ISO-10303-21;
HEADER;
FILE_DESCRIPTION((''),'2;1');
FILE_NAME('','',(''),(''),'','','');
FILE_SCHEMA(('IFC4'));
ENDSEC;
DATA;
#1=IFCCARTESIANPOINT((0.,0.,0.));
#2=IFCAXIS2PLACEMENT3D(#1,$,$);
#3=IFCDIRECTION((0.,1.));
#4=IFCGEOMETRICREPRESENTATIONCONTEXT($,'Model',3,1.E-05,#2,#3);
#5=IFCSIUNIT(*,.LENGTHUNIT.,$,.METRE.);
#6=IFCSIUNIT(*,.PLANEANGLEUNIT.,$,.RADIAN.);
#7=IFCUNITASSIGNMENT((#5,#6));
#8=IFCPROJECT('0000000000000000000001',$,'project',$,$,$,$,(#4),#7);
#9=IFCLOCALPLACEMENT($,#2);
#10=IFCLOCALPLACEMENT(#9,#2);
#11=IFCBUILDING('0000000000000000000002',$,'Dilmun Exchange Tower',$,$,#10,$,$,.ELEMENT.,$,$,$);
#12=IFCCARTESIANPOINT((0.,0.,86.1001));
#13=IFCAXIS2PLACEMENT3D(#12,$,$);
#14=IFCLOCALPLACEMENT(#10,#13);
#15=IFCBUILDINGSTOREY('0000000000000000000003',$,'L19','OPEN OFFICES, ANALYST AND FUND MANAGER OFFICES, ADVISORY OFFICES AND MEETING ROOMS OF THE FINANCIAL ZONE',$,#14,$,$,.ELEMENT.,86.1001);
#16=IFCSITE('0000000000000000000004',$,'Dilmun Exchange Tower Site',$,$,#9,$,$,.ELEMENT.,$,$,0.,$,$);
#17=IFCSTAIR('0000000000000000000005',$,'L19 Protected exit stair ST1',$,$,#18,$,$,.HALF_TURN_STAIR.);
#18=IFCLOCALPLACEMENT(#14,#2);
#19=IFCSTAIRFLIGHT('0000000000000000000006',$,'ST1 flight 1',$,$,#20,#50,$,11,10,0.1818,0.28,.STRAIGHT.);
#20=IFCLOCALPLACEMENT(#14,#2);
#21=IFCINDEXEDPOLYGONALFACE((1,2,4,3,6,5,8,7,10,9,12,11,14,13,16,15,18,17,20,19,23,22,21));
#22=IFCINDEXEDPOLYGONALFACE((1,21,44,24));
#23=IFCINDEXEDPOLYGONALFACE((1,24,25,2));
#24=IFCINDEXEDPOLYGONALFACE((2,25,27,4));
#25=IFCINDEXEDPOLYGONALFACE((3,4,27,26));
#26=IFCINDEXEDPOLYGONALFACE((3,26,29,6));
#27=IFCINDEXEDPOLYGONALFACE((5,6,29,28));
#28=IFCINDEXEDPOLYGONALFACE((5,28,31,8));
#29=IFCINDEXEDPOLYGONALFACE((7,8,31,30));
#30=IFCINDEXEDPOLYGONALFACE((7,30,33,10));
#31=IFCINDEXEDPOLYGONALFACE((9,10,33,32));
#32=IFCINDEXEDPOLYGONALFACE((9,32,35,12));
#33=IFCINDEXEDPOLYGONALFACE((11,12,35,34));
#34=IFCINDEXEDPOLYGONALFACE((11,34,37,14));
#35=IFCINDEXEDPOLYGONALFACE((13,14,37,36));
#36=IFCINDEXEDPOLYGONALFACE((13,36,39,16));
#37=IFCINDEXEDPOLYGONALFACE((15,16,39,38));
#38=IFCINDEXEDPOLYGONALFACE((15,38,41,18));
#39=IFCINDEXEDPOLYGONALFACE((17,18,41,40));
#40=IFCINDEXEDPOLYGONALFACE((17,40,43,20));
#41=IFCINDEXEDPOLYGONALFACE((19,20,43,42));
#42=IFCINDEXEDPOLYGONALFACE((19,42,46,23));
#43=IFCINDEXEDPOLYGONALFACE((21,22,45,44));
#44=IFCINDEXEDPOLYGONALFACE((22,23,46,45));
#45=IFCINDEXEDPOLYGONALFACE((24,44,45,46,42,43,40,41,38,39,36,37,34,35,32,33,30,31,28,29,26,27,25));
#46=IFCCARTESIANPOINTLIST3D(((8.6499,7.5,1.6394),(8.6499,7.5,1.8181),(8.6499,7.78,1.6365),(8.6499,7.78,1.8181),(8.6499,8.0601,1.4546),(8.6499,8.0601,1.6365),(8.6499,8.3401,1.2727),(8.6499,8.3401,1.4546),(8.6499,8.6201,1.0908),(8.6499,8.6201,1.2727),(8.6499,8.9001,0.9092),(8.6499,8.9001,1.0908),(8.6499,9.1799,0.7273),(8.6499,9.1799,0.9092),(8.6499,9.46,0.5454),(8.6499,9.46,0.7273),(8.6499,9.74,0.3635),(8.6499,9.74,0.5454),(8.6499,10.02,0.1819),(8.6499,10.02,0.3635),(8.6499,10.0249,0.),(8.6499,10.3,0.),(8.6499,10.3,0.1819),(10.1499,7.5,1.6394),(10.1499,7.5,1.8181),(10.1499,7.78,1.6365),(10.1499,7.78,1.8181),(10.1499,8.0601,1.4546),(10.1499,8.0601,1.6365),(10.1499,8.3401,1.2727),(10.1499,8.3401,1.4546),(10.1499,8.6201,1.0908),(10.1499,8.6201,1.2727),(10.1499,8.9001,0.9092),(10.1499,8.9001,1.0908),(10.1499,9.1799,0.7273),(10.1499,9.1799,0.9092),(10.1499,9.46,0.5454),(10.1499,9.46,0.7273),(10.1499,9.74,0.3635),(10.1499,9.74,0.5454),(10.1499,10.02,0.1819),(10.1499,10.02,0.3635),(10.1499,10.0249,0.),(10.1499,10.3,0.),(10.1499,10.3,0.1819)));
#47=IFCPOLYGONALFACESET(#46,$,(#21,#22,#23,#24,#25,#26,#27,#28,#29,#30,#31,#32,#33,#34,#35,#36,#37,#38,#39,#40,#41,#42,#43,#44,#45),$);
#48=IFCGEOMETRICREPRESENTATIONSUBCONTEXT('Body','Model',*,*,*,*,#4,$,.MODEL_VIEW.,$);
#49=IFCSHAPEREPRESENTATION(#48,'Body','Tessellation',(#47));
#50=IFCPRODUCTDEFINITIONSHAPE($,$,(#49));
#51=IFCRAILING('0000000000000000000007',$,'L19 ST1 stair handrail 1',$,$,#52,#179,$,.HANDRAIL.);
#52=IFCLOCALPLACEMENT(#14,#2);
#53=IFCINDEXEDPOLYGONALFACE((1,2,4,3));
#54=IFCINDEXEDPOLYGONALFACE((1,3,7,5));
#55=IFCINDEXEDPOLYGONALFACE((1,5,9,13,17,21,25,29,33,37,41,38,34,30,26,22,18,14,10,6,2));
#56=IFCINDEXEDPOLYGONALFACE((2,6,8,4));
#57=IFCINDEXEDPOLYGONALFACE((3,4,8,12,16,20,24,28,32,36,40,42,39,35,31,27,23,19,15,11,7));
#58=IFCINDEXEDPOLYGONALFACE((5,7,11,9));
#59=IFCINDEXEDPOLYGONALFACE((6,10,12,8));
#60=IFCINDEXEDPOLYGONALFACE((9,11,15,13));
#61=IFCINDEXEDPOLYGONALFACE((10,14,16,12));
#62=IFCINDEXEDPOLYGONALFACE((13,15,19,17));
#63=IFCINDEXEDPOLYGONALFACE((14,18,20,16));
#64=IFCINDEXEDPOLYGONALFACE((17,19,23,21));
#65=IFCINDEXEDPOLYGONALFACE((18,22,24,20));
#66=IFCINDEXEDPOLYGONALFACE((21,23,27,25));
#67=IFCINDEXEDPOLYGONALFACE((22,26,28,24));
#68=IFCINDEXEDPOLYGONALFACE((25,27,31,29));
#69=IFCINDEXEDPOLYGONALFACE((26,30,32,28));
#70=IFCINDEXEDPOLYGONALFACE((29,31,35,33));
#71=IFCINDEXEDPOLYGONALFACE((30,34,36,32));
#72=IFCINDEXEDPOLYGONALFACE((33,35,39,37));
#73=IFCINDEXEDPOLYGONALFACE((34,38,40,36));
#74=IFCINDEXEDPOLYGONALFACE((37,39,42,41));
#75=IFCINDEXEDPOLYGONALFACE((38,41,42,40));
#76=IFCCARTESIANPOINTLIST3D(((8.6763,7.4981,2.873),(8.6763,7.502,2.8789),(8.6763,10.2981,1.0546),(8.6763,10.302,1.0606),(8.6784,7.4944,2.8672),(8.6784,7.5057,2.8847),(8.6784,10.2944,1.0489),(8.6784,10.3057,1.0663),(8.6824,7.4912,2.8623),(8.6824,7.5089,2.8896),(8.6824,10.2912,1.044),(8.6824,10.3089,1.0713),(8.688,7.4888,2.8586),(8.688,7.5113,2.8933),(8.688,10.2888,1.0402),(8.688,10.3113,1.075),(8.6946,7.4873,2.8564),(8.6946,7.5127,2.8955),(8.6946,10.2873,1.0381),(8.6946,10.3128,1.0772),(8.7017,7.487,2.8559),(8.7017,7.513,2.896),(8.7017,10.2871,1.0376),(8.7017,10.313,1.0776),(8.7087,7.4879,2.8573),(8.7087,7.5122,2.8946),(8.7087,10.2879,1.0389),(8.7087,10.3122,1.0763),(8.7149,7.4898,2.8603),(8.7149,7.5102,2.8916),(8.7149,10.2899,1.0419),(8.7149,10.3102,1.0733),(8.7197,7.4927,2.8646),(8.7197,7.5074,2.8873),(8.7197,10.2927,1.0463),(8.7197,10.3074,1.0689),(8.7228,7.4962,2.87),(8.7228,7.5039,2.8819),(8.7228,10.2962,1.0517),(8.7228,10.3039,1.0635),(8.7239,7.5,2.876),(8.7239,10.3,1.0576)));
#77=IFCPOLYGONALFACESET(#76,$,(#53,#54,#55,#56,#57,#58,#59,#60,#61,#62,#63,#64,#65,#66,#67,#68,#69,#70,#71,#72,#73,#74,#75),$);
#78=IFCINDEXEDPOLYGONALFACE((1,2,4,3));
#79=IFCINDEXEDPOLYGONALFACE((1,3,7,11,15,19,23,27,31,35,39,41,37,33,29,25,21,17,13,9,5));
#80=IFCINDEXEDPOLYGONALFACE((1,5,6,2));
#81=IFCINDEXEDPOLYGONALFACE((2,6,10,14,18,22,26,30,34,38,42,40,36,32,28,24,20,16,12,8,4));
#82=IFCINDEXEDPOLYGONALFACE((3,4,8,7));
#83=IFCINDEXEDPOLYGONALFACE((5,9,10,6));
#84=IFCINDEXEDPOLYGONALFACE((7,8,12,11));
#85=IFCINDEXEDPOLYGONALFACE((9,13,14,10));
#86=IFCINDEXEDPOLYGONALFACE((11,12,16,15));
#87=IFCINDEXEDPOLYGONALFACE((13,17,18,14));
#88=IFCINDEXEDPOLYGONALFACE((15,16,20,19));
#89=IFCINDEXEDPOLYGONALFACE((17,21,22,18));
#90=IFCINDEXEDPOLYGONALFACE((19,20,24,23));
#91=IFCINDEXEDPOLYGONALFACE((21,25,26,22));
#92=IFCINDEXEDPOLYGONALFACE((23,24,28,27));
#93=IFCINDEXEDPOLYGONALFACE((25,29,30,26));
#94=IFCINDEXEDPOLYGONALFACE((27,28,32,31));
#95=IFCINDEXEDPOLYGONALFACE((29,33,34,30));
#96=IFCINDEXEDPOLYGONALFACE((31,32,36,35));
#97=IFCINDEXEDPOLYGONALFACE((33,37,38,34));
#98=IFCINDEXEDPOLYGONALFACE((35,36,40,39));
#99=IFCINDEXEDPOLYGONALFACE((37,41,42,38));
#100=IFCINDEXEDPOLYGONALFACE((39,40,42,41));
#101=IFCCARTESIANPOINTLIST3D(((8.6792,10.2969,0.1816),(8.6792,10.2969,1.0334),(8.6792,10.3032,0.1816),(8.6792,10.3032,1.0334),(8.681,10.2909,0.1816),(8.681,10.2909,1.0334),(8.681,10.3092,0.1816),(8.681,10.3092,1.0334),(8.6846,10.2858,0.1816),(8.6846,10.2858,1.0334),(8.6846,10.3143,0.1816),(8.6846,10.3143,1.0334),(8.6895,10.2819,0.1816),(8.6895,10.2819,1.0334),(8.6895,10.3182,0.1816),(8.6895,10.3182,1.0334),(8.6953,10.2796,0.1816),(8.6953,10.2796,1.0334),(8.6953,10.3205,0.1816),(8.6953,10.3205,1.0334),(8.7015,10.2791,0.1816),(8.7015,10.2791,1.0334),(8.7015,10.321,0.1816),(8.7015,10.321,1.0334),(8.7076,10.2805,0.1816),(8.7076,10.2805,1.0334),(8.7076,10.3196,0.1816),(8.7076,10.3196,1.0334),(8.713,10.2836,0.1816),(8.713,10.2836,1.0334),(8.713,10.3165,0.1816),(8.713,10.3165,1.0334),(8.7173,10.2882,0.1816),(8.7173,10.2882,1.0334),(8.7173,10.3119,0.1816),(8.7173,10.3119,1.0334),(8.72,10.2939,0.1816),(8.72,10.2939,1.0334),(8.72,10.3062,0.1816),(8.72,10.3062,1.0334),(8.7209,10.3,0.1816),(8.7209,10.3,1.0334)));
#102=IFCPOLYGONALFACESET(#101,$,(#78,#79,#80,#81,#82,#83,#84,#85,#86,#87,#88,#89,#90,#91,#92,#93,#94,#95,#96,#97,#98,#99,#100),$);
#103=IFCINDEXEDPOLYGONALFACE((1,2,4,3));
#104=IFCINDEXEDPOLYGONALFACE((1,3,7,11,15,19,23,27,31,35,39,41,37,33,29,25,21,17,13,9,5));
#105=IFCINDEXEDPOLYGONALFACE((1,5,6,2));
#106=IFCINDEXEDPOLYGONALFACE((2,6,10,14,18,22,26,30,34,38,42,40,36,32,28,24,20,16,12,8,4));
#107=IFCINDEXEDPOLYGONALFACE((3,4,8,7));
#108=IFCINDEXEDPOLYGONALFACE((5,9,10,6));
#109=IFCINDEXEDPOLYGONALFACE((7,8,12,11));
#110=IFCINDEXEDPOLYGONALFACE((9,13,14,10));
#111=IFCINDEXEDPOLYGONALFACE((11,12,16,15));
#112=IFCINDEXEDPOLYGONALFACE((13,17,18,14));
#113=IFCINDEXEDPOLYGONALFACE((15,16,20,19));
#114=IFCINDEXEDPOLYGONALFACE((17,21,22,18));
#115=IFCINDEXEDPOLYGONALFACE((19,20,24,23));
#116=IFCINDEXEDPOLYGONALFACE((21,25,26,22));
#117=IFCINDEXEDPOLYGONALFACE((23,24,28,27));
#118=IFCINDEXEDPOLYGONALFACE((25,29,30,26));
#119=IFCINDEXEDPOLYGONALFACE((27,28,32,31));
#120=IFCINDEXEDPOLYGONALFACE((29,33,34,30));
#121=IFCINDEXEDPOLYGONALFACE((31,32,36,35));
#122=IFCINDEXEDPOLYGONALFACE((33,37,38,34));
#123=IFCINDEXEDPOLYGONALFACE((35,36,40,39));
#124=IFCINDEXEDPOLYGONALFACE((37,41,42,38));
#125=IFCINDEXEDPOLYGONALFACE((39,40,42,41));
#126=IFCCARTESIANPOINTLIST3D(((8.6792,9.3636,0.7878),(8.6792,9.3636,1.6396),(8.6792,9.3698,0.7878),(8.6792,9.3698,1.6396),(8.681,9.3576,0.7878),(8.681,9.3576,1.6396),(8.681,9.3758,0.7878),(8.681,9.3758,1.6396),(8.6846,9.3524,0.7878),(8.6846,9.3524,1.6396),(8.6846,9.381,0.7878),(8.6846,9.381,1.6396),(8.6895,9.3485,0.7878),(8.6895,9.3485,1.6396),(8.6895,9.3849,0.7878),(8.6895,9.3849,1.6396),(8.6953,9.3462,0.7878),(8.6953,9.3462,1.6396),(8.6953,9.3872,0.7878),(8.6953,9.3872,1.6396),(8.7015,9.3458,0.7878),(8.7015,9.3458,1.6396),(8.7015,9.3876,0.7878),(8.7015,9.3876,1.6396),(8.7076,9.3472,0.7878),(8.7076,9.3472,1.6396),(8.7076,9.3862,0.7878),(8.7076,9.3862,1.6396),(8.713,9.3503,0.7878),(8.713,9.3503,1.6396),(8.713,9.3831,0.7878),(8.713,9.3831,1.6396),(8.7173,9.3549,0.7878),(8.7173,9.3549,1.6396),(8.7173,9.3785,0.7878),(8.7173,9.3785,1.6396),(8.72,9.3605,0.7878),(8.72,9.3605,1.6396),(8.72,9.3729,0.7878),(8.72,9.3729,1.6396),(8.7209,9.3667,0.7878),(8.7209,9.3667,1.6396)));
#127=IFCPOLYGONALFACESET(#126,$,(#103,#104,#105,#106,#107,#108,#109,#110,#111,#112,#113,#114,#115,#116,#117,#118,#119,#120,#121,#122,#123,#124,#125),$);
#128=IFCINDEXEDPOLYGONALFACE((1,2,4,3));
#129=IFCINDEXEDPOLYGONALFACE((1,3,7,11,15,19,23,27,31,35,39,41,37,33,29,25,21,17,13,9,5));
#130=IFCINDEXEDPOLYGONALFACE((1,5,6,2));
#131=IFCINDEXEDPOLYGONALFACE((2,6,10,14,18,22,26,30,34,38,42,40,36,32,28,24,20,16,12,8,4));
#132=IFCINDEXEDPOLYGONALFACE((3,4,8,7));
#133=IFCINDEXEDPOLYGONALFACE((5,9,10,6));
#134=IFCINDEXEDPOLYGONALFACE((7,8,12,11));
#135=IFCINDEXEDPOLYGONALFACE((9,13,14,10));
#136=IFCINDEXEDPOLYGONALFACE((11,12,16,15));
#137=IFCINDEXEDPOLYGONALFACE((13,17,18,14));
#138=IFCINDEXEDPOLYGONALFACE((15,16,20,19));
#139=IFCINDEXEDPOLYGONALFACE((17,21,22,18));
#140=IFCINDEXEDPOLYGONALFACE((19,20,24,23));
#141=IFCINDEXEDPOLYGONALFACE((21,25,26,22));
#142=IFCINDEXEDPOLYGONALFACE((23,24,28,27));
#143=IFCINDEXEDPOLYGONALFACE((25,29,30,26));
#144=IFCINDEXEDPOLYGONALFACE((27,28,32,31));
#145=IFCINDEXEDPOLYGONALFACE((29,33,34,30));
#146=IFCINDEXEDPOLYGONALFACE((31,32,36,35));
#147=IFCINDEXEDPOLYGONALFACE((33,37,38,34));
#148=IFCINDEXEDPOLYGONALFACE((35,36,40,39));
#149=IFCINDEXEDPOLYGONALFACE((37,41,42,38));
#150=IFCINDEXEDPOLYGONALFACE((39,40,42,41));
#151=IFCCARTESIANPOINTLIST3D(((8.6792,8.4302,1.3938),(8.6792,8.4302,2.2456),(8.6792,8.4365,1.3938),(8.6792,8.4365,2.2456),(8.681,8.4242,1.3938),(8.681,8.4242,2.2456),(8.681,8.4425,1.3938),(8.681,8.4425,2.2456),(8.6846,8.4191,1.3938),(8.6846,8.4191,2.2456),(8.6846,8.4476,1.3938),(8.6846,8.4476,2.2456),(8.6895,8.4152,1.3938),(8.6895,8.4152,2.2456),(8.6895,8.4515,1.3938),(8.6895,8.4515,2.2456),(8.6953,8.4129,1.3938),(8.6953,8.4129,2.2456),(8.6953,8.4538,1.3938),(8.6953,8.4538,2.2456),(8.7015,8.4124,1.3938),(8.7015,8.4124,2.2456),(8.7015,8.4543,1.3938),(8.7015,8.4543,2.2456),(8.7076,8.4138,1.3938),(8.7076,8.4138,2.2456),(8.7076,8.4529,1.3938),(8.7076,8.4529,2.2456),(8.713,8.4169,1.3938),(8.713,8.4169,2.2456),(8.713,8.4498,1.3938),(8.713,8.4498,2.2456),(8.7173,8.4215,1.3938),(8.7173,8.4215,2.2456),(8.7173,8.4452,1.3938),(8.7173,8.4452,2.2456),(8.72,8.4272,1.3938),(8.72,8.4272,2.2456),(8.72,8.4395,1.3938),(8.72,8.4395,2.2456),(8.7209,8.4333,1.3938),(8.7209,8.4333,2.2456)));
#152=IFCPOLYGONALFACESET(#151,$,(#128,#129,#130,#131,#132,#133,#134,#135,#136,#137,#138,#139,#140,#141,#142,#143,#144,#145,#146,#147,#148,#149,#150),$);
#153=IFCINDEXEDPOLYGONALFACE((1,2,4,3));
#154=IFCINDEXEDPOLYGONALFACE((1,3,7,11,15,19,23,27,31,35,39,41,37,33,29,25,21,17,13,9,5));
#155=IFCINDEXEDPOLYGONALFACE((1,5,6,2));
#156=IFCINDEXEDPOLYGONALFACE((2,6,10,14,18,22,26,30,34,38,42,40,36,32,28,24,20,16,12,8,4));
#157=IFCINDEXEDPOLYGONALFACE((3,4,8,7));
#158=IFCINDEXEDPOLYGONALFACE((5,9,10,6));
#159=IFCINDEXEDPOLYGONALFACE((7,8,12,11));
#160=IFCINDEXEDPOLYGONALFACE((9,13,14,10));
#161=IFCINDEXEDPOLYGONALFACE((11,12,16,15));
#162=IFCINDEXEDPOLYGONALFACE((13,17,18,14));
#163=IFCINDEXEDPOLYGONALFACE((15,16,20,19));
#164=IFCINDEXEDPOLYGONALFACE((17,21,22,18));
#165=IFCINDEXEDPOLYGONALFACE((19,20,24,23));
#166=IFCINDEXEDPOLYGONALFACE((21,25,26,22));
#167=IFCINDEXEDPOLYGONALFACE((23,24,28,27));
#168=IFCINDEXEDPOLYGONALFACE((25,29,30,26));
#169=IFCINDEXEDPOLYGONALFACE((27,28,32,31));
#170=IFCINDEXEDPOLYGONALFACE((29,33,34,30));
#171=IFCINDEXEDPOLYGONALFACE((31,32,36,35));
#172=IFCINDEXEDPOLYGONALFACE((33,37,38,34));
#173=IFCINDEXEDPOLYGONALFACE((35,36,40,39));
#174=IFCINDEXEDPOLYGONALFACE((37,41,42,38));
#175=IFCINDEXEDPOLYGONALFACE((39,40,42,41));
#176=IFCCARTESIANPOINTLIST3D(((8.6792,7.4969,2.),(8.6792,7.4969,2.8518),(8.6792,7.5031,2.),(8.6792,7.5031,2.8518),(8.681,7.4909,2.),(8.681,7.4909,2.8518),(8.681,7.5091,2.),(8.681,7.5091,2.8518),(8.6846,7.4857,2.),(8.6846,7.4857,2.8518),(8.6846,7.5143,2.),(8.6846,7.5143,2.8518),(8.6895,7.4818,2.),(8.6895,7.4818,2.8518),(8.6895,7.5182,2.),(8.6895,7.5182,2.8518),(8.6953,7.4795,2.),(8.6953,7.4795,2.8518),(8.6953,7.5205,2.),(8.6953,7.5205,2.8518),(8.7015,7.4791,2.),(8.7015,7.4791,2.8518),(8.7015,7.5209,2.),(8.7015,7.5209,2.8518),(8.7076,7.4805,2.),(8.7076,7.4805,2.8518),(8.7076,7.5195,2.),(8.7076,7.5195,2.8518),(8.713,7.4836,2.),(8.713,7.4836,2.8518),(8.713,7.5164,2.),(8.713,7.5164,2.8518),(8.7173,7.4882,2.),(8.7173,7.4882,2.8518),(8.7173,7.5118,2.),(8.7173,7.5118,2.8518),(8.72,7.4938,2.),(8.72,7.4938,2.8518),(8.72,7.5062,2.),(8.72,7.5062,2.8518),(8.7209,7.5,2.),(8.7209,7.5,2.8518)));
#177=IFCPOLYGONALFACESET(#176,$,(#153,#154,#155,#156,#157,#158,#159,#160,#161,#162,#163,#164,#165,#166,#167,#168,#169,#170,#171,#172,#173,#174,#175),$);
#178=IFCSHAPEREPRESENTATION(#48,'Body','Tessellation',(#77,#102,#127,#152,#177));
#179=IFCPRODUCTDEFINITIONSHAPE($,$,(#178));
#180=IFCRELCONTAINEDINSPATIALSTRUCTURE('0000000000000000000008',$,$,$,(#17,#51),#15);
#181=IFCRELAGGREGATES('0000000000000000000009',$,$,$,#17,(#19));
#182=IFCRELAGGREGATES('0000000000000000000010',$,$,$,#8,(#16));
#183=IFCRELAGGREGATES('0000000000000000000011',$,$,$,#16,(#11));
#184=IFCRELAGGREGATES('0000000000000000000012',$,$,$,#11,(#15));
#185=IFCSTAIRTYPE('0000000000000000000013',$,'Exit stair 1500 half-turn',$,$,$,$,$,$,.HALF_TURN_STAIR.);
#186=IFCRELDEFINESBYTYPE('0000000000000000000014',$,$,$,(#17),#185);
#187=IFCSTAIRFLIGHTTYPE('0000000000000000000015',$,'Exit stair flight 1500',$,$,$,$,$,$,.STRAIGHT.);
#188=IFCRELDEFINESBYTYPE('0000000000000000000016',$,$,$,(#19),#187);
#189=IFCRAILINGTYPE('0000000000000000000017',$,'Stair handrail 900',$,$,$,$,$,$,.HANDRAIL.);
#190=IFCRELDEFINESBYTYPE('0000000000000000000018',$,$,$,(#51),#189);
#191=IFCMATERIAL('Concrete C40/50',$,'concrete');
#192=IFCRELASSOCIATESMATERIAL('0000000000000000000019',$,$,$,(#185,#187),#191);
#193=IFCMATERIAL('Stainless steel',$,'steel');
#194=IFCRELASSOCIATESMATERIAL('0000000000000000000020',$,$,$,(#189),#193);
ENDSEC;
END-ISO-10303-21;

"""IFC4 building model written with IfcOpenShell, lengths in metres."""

from ifc_helpers import new_model, si_unit, direction, frame, origin, origin_2d, place, context, subcontext, project, spatial, polyline, circle, outline, extrude, material, type_object, element, aggregate, save


model = new_model("IFC4")

# Units and contexts
model_context = context("Model", 3, precision=1e-05, world=origin(), true_north=direction((0.0, 1.0)))
body_context = subcontext(model_context, "Body", "Model", "MODEL_VIEW")
ifc_project = project(units=[si_unit("LENGTHUNIT", "METRE"), si_unit("PLANEANGLEUNIT", "RADIAN")], contexts=[model_context])

# Site, building, storey
site_placement = place(None, origin())
site = spatial("IfcSite", under=ifc_project, at=site_placement, Name="Dilmun Exchange Tower Site", CompositionType="ELEMENT", RefElevation=0.0)
building_placement = place(site_placement, origin())
building = spatial("IfcBuilding", under=site, at=building_placement, Name="Dilmun Exchange Tower", CompositionType="ELEMENT")
storey_placement = place(building_placement, frame((0.0, 0.0, 86.1001)))
storey = spatial("IfcBuildingStorey", under=building, at=storey_placement, Name="L19", Description="OPEN OFFICES, ANALYST AND FUND MANAGER OFFICES, ADVISORY OFFICES AND MEETING ROOMS OF THE FINANCIAL ZONE", CompositionType="ELEMENT", Elevation=86.1001)

# Shared definitions
ifc_material_1 = material(Name="Concrete C40/50", Category="concrete")

# Stair, stair flight
stair_type = type_object("IfcStairType", Name="Exit stair 1500 half-turn", PredefinedType="HALF_TURN_STAIR", material=ifc_material_1)
stair_placement = place(storey_placement, origin())
stair = element("IfcStair", 1, at=stair_placement, inside=storey, type_object=stair_type, Name="L19 Protected exit stair ST1", PredefinedType="HALF_TURN_STAIR")
stair_flight_type = type_object("IfcStairFlightType", Name="Exit stair flight 1500", PredefinedType="STRAIGHT", material=ifc_material_1)
stair_flight_placement = place(storey_placement, frame((9.3999, 10.3, 0.0), z_axis=(0.0, 0.0, 1.0), x_axis=(0.0, -1.0, 0.0)))
stair_flight = element("IfcStairFlight", 2, at=stair_flight_placement, type_object=stair_flight_type, Name="ST1 flight 1", NumberOfRisers=11, NumberOfTreads=10, PredefinedType="STRAIGHT", RiserHeight=0.1818, TreadLength=0.28, context=body_context, shape_type="SweptSolid", body=[
    extrude(outline(polyline([(0.0, 0.0), (0.0, 0.1819), (0.28, 0.1819), (0.28, 0.3635), (0.5601, 0.3635), (0.5601, 0.5454), (0.8401, 0.5454), (0.8401, 0.7273), (1.1201, 0.7273), (1.1201, 0.9092), (1.3999, 0.9092), (1.3999, 1.0908), (1.6799, 1.0908), (1.6799, 1.2727), (1.96, 1.2727), (1.96, 1.4546), (2.24, 1.4546), (2.24, 1.6365), (2.52, 1.6365), (2.52, 1.8181), (2.8, 1.8181), (2.8, 2.0), (2.8, 1.6394), (0.2751, 0.0), (0.0, 0.0)])), frame((0.0, 0.75, 0.0), z_axis=(0.0, -1.0, 0.0), x_axis=(1.0, 0.0, 0.0)), (0.0, 0.0, 1.0), 1.5),
])
aggregate(stair, [stair_flight])

# Railing
ifc_material_2 = material(Name="Stainless steel", Category="steel")
railing_type = type_object("IfcRailingType", Name="Stair handrail 900", PredefinedType="HANDRAIL", material=ifc_material_2)
railing_placement = place(storey_placement, frame((8.7, 10.3, 0.1816)))
element("IfcRailing", 3, at=railing_placement, inside=storey, type_object=railing_type, Name="L19 ST1 stair handrail 1", PredefinedType="HANDRAIL", context=body_context, shape_type="SweptSolid", body=[
    extrude(circle(Radius=0.0239, at=origin_2d()), frame((0.0, 0.0, 0.876), z_axis=(0.0, -0.838672, 0.544636), x_axis=(1.0, 0.0, 0.0)), (0.0, 0.0, 1.0), 3.3386),
    extrude(circle(Radius=0.021, at=origin_2d()), origin(), (0.0, 0.0, 1.0), 0.8518),
    extrude(circle(Radius=0.021, at=origin_2d()), frame((0.0, -0.9333, 0.6062)), (0.0, 0.0, 1.0), 0.8518),
    extrude(circle(Radius=0.021, at=origin_2d()), frame((0.0, -1.8667, 1.2122)), (0.0, 0.0, 1.0), 0.8518),
    extrude(circle(Radius=0.021, at=origin_2d()), frame((0.0, -2.8, 1.8184)), (0.0, 0.0, 1.0), 0.8518),
])

save(model, "model.ifc")
